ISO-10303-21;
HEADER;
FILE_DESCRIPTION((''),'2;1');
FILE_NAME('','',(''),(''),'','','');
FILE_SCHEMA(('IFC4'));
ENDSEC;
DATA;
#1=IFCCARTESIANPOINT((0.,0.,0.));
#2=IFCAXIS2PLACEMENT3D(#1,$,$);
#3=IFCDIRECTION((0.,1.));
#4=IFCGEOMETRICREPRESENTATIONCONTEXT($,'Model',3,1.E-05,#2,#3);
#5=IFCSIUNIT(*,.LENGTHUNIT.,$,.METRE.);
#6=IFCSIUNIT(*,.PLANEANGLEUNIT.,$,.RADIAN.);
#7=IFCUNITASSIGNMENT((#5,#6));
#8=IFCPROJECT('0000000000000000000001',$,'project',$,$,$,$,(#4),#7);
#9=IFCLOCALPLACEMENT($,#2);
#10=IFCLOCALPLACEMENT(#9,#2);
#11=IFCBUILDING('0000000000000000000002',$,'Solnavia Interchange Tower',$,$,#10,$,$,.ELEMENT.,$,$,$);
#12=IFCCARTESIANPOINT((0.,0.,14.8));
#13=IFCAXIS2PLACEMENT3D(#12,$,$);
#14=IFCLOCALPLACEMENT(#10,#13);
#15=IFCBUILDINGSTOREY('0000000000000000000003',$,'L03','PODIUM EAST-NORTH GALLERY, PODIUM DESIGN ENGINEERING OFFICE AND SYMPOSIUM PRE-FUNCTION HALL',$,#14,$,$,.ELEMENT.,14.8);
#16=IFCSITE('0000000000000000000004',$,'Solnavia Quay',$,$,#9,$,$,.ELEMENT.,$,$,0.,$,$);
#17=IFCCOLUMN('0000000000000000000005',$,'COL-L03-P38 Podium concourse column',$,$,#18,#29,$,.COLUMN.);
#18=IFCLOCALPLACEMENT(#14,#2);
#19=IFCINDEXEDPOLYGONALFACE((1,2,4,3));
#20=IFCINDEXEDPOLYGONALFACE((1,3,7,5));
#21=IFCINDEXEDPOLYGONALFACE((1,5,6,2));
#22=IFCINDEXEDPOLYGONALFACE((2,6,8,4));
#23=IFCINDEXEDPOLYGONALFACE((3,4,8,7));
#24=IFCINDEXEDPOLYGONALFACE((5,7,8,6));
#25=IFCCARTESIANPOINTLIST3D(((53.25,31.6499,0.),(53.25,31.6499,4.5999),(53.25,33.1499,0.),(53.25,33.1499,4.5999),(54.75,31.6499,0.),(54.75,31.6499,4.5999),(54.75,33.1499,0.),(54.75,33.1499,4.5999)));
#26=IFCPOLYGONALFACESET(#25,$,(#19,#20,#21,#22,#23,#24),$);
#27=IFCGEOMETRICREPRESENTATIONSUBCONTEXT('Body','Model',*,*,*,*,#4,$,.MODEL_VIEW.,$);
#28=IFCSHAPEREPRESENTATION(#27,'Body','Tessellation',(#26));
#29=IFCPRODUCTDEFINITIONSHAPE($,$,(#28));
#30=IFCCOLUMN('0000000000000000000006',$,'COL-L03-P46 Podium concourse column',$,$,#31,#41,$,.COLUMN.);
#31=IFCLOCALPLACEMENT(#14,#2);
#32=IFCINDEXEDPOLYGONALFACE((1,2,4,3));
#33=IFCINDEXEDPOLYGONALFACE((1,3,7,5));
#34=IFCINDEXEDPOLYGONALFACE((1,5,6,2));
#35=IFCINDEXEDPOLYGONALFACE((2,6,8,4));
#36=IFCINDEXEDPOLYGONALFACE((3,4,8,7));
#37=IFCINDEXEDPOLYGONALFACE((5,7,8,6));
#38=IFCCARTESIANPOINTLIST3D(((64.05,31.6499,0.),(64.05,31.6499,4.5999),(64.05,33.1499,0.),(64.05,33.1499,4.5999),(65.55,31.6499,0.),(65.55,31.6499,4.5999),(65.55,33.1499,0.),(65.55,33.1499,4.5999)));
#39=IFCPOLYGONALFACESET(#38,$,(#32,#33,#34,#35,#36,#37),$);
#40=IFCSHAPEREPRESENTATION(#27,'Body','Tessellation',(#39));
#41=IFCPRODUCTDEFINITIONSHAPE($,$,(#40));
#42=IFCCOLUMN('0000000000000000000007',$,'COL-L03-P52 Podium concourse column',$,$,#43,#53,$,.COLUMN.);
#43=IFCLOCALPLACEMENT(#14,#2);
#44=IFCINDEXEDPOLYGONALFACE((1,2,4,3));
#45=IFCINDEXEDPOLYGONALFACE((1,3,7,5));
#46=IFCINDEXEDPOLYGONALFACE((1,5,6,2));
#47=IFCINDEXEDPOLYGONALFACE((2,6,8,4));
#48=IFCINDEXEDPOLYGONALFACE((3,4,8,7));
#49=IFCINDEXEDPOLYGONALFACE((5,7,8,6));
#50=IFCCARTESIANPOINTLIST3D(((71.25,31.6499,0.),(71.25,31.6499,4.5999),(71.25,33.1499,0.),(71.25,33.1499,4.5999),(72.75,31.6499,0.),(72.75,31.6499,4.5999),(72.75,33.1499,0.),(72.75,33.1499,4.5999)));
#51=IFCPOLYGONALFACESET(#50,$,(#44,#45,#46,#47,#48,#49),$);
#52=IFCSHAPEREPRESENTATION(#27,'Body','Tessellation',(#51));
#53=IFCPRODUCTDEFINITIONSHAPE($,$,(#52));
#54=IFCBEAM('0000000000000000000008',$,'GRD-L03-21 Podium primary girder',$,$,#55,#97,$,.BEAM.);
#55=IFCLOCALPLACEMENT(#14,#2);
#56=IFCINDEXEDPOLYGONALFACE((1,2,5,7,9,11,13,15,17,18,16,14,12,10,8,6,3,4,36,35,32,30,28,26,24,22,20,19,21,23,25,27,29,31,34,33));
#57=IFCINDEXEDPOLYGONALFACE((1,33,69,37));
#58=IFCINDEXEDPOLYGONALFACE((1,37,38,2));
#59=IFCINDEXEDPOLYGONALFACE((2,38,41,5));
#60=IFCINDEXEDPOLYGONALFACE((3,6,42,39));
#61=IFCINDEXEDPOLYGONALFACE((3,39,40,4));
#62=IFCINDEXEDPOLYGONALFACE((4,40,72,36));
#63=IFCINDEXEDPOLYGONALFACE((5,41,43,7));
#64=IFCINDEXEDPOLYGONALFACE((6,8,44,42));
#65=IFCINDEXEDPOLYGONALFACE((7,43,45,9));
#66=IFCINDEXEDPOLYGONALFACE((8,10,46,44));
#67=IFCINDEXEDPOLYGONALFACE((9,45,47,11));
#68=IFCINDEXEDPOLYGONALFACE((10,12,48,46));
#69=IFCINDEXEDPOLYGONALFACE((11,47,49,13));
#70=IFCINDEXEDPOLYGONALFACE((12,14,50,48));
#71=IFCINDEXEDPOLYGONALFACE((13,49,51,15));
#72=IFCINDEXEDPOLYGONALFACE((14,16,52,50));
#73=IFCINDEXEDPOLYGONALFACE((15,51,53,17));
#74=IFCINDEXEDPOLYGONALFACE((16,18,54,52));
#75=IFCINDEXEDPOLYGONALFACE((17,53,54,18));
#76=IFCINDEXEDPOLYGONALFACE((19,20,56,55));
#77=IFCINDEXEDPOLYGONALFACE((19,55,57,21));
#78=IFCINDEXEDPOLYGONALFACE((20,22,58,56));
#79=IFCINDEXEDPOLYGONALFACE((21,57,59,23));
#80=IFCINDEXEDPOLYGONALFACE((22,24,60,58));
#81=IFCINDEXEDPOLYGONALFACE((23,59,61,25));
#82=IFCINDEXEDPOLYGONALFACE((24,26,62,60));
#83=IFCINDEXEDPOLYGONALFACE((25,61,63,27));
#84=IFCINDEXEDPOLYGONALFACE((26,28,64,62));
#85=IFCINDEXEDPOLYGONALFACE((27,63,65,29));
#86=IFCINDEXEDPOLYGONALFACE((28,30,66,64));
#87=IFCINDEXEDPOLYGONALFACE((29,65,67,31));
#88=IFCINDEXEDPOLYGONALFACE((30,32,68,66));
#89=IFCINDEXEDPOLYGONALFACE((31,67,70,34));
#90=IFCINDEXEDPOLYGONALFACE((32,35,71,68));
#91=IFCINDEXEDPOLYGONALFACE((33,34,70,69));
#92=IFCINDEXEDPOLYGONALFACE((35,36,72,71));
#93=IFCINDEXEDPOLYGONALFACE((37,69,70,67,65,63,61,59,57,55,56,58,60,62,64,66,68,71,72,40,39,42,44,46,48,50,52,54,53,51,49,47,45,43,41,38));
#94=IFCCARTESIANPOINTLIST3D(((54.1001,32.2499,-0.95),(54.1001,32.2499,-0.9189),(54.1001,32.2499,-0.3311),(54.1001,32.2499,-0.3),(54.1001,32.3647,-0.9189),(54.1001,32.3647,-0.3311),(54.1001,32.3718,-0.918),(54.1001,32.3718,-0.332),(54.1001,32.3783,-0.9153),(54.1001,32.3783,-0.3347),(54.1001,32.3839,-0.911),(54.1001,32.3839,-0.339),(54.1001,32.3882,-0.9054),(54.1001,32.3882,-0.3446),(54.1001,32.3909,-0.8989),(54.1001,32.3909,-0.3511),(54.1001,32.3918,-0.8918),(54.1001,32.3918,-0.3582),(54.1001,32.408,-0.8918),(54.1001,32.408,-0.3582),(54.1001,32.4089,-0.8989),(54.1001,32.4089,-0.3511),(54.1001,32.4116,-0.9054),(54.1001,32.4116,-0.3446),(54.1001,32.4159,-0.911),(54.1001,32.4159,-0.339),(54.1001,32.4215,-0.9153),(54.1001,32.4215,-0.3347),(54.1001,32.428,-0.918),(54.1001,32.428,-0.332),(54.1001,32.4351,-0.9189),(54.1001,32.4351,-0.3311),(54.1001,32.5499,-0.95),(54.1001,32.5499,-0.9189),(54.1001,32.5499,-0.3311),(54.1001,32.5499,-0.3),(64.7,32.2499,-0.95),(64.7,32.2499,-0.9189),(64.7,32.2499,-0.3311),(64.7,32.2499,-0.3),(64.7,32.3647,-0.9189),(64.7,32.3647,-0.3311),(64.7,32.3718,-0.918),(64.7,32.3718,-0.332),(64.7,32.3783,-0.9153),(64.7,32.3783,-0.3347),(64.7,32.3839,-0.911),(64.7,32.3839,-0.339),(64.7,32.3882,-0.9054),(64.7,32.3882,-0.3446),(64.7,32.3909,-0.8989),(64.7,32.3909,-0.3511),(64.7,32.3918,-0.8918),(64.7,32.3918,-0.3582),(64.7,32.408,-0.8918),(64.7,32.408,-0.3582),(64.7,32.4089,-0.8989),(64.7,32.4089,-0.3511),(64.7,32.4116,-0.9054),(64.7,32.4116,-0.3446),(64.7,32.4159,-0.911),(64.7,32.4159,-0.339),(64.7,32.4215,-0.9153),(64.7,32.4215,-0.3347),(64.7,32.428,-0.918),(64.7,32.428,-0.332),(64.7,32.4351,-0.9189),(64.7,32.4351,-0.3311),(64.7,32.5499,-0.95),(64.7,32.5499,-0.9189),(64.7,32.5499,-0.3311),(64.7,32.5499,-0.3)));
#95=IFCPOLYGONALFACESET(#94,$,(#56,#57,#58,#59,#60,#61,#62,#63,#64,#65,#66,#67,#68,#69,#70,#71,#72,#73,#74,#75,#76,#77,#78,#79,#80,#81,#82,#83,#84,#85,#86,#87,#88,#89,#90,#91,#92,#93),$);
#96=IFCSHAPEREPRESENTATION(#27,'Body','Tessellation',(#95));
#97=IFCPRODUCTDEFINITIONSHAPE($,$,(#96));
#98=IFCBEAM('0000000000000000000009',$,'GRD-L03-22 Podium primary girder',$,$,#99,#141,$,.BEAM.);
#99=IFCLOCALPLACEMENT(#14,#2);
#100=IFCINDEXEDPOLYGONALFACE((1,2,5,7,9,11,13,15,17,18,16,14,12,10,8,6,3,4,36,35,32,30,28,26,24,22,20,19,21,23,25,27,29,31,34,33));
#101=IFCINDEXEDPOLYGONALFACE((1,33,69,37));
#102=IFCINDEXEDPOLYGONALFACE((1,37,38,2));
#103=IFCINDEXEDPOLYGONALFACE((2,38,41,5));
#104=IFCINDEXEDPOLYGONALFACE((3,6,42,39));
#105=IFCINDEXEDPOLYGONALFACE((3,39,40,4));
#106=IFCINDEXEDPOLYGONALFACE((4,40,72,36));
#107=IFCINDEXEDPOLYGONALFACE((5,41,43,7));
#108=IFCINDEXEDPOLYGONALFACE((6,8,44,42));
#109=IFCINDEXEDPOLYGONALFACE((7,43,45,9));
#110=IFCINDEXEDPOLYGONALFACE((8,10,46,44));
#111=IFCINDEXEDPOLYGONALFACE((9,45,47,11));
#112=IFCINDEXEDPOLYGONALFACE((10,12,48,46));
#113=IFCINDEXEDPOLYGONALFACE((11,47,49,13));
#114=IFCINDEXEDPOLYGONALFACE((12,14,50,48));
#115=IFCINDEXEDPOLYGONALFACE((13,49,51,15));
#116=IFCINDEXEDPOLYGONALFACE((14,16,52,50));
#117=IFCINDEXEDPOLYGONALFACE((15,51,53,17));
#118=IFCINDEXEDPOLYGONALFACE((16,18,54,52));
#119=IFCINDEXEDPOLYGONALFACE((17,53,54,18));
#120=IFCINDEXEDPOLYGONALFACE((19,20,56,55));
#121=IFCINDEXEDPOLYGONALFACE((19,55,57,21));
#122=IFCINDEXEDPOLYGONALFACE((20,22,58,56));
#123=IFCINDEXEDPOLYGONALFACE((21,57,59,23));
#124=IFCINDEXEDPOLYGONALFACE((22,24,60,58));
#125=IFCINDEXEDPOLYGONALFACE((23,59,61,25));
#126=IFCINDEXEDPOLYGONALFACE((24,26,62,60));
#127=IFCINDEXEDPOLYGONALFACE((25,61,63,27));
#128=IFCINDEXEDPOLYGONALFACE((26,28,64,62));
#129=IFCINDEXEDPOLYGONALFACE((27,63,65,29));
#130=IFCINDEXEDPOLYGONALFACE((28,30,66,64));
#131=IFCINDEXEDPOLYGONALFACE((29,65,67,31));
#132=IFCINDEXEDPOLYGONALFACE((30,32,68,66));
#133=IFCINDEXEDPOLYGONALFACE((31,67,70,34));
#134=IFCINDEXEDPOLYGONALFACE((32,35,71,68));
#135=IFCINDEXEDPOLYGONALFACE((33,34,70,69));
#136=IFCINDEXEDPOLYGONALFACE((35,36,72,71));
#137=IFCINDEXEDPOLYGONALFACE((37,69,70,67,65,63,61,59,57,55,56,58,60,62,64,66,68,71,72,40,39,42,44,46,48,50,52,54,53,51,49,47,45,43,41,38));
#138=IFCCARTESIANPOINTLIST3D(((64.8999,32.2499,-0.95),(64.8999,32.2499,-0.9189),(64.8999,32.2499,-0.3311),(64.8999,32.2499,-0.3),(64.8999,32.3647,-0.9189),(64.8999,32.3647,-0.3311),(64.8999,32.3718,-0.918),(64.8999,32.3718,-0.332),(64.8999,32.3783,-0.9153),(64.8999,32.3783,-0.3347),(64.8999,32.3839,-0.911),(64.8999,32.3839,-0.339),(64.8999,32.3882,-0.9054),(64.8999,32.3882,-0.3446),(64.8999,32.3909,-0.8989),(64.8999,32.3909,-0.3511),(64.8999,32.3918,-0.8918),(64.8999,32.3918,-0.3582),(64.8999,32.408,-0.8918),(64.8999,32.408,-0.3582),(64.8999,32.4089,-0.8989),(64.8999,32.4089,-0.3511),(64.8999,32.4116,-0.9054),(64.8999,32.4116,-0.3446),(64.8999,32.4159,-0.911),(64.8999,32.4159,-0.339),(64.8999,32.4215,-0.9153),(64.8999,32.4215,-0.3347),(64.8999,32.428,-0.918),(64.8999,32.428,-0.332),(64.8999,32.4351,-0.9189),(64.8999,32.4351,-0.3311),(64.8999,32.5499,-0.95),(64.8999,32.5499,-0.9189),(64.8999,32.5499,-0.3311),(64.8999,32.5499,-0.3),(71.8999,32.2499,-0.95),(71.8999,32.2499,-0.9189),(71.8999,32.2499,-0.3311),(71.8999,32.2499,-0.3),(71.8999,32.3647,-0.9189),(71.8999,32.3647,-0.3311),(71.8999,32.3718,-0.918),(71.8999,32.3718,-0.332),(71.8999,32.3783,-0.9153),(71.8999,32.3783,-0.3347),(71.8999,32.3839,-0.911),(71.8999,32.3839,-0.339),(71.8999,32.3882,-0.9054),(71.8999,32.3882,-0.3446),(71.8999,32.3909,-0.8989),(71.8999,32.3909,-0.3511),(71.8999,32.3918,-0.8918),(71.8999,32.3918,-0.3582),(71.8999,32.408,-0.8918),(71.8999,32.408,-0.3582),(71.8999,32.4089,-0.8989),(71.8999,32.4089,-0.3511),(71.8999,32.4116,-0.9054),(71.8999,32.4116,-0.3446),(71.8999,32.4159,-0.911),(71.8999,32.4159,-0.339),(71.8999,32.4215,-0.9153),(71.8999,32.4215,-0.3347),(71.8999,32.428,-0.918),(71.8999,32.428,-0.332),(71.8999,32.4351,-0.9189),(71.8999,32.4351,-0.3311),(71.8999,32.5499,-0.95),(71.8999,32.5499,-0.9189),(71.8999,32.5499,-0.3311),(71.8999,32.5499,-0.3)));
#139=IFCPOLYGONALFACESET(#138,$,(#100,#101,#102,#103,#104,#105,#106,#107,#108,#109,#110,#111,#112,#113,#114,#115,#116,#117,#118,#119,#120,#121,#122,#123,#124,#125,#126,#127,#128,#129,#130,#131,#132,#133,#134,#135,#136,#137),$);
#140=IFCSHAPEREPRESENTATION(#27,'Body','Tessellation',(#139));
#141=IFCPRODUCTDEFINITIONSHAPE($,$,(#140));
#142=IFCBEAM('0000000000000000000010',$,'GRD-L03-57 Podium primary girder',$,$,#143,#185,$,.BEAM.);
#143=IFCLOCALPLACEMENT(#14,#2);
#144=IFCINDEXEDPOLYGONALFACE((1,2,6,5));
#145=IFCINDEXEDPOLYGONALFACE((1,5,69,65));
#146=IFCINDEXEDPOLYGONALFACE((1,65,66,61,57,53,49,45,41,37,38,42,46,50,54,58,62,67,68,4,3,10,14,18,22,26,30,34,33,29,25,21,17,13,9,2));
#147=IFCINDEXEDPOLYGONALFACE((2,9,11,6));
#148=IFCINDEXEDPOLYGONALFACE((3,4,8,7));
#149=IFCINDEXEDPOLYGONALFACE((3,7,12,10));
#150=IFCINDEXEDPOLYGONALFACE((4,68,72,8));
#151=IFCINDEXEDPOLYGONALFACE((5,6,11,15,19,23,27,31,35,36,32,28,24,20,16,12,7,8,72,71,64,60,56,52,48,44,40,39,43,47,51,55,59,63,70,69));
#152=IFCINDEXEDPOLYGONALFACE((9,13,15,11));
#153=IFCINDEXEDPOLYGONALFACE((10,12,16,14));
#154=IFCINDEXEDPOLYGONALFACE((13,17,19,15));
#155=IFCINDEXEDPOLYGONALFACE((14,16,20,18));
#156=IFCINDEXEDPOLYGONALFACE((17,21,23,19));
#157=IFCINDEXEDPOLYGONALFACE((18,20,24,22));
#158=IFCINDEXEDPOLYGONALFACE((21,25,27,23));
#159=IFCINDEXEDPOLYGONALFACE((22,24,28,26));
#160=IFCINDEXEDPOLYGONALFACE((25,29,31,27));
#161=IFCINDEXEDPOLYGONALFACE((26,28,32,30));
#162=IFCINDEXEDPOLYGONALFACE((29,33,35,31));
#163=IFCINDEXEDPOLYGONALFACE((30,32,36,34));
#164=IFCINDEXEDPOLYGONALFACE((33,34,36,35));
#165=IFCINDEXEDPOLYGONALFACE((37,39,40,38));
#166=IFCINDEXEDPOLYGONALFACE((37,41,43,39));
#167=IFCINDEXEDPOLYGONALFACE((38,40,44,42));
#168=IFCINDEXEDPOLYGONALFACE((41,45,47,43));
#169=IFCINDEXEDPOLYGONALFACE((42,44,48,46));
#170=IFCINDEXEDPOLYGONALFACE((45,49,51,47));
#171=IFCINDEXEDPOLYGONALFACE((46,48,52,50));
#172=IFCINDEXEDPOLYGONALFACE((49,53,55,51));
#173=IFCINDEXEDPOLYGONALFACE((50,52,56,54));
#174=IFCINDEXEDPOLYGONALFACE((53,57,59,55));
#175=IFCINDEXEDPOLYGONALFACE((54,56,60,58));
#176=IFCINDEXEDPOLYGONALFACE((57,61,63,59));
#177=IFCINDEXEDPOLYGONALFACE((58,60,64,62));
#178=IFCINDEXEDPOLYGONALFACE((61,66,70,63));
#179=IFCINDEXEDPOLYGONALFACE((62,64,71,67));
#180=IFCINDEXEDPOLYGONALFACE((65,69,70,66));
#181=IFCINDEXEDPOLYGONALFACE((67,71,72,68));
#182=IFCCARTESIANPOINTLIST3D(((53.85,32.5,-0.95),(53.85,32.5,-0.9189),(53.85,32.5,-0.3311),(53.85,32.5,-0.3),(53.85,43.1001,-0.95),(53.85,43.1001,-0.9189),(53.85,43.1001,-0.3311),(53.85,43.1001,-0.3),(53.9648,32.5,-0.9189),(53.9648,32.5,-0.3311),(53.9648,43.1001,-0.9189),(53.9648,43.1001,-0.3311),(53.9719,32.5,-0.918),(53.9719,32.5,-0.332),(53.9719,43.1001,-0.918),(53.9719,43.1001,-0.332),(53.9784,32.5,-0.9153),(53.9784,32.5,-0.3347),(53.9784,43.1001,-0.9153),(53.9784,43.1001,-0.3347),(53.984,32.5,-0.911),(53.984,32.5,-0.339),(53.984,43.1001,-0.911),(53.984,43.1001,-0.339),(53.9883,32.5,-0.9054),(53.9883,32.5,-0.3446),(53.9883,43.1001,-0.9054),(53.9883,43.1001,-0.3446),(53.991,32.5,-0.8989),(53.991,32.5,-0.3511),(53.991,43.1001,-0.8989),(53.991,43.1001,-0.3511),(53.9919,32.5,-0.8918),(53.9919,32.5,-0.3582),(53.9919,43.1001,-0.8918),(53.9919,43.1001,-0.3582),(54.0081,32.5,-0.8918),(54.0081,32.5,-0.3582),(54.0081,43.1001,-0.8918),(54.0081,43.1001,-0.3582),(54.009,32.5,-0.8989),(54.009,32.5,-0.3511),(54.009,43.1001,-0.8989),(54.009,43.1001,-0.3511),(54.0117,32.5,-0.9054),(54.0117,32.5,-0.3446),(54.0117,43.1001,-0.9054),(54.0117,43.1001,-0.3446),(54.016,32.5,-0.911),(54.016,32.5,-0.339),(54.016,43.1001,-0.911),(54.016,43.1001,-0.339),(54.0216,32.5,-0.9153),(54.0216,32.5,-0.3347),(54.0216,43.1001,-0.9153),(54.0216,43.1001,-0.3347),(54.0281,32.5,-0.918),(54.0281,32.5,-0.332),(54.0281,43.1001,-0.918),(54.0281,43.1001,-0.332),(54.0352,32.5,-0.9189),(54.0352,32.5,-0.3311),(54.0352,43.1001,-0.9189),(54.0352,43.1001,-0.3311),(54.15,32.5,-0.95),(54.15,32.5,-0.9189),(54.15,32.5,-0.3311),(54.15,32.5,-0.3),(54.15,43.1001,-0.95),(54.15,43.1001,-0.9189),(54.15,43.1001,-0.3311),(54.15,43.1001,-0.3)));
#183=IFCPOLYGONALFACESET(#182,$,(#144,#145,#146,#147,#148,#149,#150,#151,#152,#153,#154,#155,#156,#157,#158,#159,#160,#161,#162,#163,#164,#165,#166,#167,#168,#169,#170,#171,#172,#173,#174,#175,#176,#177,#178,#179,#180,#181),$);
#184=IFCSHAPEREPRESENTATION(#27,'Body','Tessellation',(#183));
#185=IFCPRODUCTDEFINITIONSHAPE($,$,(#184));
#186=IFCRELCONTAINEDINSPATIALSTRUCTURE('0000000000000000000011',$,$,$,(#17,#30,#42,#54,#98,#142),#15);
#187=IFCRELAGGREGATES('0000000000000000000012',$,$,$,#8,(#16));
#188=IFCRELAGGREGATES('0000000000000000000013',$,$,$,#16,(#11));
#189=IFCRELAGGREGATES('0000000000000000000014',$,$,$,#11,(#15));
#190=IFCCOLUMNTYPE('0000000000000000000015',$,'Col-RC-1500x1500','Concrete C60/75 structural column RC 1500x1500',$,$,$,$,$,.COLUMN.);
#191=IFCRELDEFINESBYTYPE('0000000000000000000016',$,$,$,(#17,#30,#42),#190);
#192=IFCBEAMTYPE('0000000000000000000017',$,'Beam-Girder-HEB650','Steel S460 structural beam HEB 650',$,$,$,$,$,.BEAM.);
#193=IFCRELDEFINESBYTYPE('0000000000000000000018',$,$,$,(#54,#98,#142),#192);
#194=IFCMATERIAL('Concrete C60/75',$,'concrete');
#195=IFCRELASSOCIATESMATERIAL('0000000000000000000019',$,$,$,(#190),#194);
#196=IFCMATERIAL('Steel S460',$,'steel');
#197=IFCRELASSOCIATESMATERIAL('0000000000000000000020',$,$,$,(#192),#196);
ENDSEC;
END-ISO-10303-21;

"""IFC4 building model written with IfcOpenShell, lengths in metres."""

from ifc_helpers import new_model, si_unit, direction, frame, origin, origin_2d, place, context, subcontext, project, spatial, rectangle, i_section, extrude, material, material_profile, profile_set, type_object, element, save


model = new_model("IFC4")

# Units and contexts
model_context = context("Model", 3, precision=1e-05, world=origin(), true_north=direction((0.0, 1.0)))
body_context = subcontext(model_context, "Body", "Model", "MODEL_VIEW")
ifc_project = project(units=[si_unit("LENGTHUNIT", "METRE"), si_unit("PLANEANGLEUNIT", "RADIAN")], contexts=[model_context])

# Site, building, storey
site_placement = place(None, origin())
site = spatial("IfcSite", under=ifc_project, at=site_placement, Name="Solnavia Quay", CompositionType="ELEMENT", RefElevation=0.0)
building_placement = place(site_placement, origin())
building = spatial("IfcBuilding", under=site, at=building_placement, Name="Solnavia Interchange Tower", CompositionType="ELEMENT")
storey_placement = place(building_placement, frame((0.0, 0.0, 14.8)))
storey = spatial("IfcBuildingStorey", under=building, at=storey_placement, Name="L03", Description="PODIUM EAST-NORTH GALLERY, PODIUM DESIGN ENGINEERING OFFICE AND SYMPOSIUM PRE-FUNCTION HALL", CompositionType="ELEMENT", Elevation=14.8)

# Columns
ifc_material_1 = material(Name="Concrete C60/75", Category="concrete")
ifc_material_profile_1 = material_profile(ifc_material_1, rectangle(XDim=1.5, YDim=1.5, at=origin_2d()), Name="RC 1500x1500")
ifc_profile_set_1 = profile_set([ifc_material_profile_1], Name="Concrete C60/75")
column_type = type_object("IfcColumnType", Name="Col-RC-1500x1500", Description="Concrete C60/75 structural column RC 1500x1500", PredefinedType="COLUMN", material=ifc_profile_set_1)
for number, where, z_axis, x_axis, name in (
    (1, (54.0, 32.3999, 0.0), (0.0, 0.0, 1.0), (1.0, 0.0, 0.0), "COL-L03-P38 Podium concourse column"),
    (2, (64.8, 32.3999, 0.0), (0.0, 0.0, 1.0), (1.0, 0.0, 0.0), "COL-L03-P46 Podium concourse column"),
    (3, (72.0, 32.3999, 0.0), (0.0, 0.0, 1.0), (1.0, 0.0, 0.0), "COL-L03-P52 Podium concourse column"),
):
    element("IfcColumn", number, at=place(storey_placement, frame(where, z_axis=z_axis, x_axis=x_axis)), inside=storey, type_object=column_type, Name=name, PredefinedType="COLUMN", context=body_context, shape_type="SweptSolid", body=[
        extrude(rectangle(XDim=1.5, YDim=1.5, at=origin_2d()), origin(), (0.0, 0.0, 1.0), 4.5999),
    ])

# Beams
ifc_material_2 = material(Name="Steel S460", Category="steel")
ifc_material_profile_2 = material_profile(ifc_material_2, i_section(OverallWidth=0.3, OverallDepth=0.6499, WebThickness=0.0161, FlangeThickness=0.031, FilletRadius=0.0271, at=origin_2d()), Name="HEB 650")
ifc_profile_set_2 = profile_set([ifc_material_profile_2], Name="Steel S460")
beam_type_1 = type_object("IfcBeamType", Name="Beam-Girder-HEB650", Description="Steel S460 structural beam HEB 650", PredefinedType="BEAM", material=ifc_profile_set_2)
beam_1_placement = place(storey_placement, frame((54.1001, 32.3999, -0.625), z_axis=(1.0, 0.0, 0.0), x_axis=(0.0, 1.0, 0.0)))
element("IfcBeam", 4, at=beam_1_placement, inside=storey, type_object=beam_type_1, Name="GRD-L03-21 Podium primary girder", PredefinedType="BEAM", context=body_context, shape_type="SweptSolid", body=[
    extrude(i_section(OverallWidth=0.3, OverallDepth=0.6499, WebThickness=0.0161, FlangeThickness=0.031, FilletRadius=0.0271, at=origin_2d()), origin(), (0.0, 0.0, 1.0), 10.5999),
])
beam_2_placement = place(storey_placement, frame((64.8999, 32.3999, -0.625), z_axis=(1.0, 0.0, 0.0), x_axis=(0.0, 1.0, 0.0)))
element("IfcBeam", 5, at=beam_2_placement, inside=storey, type_object=beam_type_1, Name="GRD-L03-22 Podium primary girder", PredefinedType="BEAM", context=body_context, shape_type="SweptSolid", body=[
    extrude(i_section(OverallWidth=0.3, OverallDepth=0.6499, WebThickness=0.0161, FlangeThickness=0.031, FilletRadius=0.0271, at=origin_2d()), origin(), (0.0, 0.0, 1.0), 7.0),
])
for number, where, z_axis, x_axis, name in (
    (6, (54.0, 32.5, -0.625), (0.0, 1.0, 0.0), (-1.0, 0.0, 0.0), "GRD-L03-57 Podium primary girder"),
):
    element("IfcBeam", number, at=place(storey_placement, frame(where, z_axis=z_axis, x_axis=x_axis)), inside=storey, type_object=beam_type_1, Name=name, PredefinedType="BEAM", context=body_context, shape_type="SweptSolid", body=[
        extrude(i_section(OverallWidth=0.3, OverallDepth=0.6499, WebThickness=0.0161, FlangeThickness=0.031, FilletRadius=0.0271, at=origin_2d()), origin(), (0.0, 0.0, 1.0), 10.6001),
    ])

save(model, "model.ifc")
